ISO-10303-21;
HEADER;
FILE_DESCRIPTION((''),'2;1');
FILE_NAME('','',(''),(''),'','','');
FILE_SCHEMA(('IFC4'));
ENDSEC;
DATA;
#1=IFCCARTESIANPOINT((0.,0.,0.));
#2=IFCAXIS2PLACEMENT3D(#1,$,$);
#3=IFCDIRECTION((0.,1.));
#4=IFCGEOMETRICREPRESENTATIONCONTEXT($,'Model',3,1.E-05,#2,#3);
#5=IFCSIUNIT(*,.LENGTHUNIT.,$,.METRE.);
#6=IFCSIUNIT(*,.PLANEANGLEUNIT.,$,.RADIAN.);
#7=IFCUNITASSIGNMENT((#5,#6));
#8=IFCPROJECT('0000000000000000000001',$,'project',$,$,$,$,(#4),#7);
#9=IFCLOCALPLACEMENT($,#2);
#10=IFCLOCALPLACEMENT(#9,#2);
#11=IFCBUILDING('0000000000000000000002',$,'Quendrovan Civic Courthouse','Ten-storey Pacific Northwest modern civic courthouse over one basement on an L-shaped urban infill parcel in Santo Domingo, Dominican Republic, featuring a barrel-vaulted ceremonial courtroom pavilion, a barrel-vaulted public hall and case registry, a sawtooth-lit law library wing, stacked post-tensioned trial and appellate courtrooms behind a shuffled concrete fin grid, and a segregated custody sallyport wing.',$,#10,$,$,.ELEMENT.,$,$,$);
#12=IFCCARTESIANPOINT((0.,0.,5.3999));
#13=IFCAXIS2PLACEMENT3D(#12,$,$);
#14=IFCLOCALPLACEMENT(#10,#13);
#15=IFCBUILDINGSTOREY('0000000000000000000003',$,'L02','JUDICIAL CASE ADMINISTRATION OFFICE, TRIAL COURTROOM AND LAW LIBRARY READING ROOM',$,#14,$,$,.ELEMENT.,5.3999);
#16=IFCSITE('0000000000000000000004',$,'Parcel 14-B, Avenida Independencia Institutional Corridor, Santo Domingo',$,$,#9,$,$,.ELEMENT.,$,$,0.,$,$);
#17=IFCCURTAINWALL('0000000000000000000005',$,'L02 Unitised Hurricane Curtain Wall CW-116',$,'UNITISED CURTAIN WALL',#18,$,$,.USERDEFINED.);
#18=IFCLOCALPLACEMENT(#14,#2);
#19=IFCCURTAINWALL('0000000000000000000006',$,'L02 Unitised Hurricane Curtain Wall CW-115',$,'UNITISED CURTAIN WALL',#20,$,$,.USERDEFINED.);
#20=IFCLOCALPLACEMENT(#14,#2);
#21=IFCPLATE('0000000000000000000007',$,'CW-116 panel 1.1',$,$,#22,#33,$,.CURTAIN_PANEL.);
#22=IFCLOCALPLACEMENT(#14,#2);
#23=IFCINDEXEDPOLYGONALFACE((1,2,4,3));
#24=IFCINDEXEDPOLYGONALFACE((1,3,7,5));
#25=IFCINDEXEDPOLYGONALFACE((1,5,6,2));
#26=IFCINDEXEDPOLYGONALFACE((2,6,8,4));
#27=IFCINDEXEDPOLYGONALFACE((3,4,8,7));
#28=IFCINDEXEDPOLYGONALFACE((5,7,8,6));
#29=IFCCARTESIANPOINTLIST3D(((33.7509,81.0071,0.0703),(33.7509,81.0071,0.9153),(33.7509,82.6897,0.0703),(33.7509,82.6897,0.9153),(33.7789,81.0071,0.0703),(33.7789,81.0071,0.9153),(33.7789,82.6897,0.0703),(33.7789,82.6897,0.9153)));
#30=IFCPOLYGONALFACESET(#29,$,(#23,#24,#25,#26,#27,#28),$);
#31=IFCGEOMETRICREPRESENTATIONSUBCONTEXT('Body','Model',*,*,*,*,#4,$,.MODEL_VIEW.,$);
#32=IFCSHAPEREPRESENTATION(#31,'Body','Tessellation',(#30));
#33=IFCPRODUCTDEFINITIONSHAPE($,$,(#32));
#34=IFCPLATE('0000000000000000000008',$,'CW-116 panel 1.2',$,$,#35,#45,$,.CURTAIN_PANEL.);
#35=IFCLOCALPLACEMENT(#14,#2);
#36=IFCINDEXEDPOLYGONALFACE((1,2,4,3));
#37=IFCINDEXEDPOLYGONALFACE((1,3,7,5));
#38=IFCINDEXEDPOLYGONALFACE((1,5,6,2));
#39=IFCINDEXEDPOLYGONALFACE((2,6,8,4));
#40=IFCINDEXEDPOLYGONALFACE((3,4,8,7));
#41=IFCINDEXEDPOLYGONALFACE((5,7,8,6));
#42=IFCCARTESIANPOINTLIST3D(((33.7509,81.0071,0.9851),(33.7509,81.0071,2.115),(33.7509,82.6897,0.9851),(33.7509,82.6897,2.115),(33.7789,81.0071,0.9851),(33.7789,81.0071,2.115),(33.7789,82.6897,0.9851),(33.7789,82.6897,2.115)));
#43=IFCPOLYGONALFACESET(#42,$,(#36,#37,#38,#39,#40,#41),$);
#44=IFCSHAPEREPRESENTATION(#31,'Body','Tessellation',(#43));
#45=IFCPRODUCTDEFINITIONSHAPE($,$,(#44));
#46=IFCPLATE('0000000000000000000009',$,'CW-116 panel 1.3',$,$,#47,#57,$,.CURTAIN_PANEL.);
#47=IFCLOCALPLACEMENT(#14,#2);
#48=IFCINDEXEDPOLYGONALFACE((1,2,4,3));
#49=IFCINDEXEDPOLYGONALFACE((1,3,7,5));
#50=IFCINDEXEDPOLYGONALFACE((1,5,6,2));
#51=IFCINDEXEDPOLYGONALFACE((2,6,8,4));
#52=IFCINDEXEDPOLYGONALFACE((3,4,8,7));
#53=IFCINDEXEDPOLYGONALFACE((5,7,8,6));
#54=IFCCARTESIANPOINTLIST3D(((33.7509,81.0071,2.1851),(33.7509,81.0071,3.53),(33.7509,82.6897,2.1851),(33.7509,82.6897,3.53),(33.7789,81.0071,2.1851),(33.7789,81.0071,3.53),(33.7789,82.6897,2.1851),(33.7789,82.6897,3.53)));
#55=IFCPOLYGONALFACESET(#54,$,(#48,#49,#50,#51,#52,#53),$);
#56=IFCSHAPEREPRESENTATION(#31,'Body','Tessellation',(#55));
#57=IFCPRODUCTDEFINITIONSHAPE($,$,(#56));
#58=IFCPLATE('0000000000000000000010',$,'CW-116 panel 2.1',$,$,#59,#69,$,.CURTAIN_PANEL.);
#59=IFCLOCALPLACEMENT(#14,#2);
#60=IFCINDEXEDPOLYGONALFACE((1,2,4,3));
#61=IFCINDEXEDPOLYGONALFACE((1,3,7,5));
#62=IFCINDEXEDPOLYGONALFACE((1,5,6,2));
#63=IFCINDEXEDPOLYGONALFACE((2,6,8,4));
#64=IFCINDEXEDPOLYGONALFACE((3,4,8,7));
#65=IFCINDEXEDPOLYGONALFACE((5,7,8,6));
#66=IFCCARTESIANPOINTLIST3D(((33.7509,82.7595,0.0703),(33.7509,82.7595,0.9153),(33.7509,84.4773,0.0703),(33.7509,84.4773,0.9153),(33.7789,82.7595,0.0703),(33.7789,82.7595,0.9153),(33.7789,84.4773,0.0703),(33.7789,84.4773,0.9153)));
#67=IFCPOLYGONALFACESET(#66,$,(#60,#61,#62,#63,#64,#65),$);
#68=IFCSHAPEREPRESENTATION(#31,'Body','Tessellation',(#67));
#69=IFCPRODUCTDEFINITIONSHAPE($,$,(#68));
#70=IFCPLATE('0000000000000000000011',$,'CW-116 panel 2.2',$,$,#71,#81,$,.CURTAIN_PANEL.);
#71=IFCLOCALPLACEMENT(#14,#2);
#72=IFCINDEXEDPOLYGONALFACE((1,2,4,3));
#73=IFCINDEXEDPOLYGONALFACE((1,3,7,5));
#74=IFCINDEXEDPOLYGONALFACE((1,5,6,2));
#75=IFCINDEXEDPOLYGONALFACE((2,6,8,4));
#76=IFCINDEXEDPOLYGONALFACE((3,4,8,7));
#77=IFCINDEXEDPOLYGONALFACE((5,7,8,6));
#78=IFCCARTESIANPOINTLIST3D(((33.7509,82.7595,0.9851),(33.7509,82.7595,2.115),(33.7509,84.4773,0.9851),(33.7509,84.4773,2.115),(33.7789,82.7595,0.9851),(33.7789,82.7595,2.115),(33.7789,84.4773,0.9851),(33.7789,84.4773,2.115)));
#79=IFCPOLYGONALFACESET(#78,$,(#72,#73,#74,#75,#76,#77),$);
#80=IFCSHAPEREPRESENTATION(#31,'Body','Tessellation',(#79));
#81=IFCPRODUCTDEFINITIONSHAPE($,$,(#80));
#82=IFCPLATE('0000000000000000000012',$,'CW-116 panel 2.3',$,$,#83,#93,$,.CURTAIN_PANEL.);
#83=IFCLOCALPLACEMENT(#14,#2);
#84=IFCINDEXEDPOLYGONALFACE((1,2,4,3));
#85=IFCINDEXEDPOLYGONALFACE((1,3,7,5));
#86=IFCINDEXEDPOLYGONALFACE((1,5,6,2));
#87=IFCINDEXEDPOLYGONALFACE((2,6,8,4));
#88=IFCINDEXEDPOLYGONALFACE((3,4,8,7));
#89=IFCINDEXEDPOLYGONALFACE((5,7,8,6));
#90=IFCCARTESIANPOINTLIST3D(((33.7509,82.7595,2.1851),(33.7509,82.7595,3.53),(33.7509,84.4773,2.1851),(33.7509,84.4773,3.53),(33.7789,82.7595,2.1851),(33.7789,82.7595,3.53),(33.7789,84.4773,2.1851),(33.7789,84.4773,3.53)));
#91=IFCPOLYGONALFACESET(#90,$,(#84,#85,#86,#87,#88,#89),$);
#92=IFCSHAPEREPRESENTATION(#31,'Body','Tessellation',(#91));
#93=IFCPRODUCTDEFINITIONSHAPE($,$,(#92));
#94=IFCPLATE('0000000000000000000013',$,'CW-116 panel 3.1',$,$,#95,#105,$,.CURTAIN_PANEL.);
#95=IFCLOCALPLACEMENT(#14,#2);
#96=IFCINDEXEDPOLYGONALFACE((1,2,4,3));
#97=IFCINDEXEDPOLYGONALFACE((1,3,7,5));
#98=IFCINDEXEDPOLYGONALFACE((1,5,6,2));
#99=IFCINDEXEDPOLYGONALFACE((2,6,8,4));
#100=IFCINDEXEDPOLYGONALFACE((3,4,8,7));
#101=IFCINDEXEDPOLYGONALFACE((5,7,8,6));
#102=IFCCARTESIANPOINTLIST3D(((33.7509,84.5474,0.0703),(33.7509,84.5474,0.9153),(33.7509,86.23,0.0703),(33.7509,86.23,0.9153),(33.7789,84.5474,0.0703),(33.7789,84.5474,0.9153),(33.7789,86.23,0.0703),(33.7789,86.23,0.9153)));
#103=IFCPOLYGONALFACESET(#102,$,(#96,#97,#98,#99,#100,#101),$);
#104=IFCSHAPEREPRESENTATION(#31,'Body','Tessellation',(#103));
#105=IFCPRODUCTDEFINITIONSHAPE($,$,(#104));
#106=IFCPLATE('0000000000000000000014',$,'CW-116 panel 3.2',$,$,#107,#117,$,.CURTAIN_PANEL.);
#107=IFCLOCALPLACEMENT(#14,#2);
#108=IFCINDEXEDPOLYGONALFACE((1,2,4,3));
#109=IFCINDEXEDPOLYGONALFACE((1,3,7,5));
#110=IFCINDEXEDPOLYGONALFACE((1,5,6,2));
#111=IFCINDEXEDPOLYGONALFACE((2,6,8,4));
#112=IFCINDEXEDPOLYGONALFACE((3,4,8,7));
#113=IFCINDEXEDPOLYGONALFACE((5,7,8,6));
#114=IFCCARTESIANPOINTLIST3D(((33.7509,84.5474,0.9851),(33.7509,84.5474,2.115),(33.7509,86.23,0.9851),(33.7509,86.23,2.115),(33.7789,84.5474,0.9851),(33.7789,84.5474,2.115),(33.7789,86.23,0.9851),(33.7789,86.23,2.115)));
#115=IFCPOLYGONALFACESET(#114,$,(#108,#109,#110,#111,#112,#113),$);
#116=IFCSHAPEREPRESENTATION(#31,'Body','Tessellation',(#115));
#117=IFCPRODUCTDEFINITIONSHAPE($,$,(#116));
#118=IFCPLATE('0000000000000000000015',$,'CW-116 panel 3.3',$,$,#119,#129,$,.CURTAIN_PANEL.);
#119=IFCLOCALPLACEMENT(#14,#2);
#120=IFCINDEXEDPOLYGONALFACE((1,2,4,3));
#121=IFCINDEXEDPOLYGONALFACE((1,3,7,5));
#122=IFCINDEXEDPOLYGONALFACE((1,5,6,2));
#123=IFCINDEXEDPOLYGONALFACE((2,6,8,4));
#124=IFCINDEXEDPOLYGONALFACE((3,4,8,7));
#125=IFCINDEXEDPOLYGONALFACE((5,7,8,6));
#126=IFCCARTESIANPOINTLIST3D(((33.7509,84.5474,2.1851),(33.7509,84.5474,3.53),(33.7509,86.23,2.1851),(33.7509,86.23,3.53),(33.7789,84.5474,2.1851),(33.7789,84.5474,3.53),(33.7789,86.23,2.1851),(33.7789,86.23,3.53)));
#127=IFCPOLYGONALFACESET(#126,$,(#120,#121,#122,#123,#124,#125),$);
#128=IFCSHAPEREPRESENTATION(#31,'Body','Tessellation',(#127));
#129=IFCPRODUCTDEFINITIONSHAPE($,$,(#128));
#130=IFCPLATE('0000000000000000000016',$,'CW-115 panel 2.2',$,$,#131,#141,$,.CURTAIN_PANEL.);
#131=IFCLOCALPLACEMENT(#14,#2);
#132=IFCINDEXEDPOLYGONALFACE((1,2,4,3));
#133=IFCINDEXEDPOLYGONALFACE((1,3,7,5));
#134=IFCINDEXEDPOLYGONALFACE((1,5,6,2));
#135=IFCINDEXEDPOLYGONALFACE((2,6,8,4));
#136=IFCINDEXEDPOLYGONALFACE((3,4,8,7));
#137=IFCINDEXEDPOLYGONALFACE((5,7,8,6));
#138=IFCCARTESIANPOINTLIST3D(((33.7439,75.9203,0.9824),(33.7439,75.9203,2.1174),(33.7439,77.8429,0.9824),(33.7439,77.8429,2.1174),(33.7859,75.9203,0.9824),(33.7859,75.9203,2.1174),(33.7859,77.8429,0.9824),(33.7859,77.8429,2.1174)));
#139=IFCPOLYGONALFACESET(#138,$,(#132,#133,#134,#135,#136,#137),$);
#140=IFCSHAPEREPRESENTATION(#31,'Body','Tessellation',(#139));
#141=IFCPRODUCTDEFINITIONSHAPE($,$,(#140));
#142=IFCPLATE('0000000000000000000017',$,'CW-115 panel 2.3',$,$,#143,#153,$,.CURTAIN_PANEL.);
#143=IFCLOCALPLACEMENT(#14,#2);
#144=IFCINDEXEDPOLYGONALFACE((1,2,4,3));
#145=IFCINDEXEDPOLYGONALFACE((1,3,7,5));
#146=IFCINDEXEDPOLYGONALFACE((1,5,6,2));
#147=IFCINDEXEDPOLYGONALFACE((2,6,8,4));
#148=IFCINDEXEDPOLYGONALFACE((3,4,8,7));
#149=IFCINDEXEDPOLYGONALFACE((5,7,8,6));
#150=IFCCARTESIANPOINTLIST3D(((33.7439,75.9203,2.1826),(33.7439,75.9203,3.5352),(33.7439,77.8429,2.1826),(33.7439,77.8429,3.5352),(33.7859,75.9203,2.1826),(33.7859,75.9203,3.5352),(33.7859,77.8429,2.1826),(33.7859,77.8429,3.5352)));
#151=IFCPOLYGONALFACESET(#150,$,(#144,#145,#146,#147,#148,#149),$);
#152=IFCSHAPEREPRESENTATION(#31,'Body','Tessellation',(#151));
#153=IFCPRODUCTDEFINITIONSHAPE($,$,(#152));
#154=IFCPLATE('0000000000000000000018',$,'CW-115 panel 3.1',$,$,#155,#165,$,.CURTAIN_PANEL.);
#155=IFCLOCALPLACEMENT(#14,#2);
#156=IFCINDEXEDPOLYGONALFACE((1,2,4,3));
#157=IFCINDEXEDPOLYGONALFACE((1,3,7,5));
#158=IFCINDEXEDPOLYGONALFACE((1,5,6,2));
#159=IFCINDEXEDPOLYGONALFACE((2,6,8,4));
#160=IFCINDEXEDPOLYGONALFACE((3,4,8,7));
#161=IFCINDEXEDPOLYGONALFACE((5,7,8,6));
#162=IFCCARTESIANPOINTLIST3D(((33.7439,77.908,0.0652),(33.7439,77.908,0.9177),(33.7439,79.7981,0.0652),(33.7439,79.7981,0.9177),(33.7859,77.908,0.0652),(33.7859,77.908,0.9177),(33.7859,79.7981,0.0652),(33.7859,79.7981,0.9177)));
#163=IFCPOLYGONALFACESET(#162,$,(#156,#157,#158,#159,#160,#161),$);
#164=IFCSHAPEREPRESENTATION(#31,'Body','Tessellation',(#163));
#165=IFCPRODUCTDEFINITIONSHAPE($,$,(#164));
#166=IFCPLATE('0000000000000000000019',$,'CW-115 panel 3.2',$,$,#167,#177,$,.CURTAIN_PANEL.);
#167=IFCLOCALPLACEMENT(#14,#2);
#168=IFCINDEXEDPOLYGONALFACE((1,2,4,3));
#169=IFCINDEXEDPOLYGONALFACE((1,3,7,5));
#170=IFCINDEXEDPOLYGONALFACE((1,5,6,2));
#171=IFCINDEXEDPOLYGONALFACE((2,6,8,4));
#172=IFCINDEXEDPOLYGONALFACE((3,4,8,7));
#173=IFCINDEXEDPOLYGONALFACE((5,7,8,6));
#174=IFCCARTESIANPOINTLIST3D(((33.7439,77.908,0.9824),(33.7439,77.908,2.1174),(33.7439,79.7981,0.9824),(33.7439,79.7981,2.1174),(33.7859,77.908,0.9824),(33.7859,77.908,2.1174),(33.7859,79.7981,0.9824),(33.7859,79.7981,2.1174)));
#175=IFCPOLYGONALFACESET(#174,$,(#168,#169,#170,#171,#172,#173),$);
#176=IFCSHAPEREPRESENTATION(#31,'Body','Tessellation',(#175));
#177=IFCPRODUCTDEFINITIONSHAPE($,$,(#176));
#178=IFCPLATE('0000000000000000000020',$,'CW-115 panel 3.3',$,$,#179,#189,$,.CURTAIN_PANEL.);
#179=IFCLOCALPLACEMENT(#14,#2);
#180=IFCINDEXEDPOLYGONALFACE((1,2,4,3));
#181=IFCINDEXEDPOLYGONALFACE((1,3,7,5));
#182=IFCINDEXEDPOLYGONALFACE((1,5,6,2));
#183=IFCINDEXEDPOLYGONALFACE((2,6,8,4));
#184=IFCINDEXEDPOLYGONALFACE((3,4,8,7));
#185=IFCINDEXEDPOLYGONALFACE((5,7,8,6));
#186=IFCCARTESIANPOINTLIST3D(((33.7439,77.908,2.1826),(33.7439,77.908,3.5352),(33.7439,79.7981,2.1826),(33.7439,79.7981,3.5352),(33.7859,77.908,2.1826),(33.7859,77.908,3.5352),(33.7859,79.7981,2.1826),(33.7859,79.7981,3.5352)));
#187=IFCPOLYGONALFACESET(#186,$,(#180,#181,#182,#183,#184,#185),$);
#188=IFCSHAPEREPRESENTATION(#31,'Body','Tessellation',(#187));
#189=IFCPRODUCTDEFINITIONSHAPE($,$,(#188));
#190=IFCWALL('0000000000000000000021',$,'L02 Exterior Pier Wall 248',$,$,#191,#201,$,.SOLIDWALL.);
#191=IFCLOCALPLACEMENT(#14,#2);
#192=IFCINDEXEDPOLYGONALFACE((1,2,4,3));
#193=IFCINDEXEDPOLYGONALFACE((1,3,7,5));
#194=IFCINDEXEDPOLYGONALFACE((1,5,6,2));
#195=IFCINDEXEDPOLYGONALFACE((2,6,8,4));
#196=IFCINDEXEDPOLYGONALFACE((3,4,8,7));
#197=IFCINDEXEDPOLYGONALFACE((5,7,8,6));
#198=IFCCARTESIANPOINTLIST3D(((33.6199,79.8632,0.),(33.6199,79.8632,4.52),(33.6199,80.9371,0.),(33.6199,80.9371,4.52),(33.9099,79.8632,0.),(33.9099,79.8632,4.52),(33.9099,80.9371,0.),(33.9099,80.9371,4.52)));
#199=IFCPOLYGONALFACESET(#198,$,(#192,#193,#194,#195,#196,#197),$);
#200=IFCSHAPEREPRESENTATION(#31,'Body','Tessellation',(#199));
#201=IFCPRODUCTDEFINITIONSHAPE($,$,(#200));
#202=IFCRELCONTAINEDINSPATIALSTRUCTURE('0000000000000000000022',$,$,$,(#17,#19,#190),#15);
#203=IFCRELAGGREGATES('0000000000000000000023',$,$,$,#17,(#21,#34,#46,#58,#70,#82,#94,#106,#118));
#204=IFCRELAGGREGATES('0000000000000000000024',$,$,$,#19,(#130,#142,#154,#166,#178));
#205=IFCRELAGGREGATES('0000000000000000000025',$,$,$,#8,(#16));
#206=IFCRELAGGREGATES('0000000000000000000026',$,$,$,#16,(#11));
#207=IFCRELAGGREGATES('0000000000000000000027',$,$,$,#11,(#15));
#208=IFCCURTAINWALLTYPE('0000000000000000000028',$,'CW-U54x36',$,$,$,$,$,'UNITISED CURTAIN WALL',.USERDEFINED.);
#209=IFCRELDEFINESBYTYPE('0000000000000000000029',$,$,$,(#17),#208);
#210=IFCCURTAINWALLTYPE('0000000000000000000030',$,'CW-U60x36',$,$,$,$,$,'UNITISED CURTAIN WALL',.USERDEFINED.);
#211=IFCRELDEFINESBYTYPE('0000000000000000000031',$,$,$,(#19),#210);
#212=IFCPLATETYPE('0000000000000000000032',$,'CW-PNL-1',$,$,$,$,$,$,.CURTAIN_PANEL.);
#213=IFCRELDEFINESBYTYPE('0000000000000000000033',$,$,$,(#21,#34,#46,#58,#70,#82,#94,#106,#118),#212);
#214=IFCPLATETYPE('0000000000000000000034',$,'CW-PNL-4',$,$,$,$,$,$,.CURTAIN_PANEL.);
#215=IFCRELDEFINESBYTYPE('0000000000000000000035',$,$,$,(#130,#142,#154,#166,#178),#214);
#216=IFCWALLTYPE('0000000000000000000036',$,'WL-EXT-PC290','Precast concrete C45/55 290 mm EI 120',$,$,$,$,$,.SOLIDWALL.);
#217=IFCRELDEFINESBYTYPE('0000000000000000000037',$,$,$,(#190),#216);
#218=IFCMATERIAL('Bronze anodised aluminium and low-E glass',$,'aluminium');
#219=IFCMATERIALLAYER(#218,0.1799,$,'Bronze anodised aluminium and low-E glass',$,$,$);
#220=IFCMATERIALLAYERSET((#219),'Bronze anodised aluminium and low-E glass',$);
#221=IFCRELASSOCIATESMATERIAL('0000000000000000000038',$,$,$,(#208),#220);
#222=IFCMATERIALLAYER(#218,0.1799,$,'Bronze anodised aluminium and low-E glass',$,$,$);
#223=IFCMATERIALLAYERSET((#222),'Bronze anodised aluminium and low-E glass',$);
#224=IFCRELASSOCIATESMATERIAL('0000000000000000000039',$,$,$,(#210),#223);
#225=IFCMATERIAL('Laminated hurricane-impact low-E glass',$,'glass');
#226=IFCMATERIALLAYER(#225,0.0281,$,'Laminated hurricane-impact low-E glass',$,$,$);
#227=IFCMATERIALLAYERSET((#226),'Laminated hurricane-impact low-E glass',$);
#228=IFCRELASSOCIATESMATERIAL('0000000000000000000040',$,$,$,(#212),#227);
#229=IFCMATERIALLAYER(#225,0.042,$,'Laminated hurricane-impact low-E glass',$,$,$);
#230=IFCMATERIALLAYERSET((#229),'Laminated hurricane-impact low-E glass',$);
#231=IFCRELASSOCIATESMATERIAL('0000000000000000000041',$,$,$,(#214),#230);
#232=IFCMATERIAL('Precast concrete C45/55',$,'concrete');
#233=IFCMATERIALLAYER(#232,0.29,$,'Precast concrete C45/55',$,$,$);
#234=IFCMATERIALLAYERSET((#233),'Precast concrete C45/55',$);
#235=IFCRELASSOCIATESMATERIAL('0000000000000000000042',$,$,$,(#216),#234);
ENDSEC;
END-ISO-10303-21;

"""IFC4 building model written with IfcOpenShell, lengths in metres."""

from ifc_helpers import new_model, si_unit, direction, frame, frame_2d, origin, origin_2d, place, context, subcontext, project, spatial, rectangle, extrude, material, layer, layer_set, type_object, element, aggregate, save


model = new_model("IFC4")

# Units and contexts
model_context = context("Model", 3, precision=1e-05, world=origin(), true_north=direction((0.0, 1.0)))
body_context = subcontext(model_context, "Body", "Model", "MODEL_VIEW")
ifc_project = project(units=[si_unit("LENGTHUNIT", "METRE"), si_unit("PLANEANGLEUNIT", "RADIAN")], contexts=[model_context])

# Site, building, storey
site_placement = place(None, origin())
site = spatial("IfcSite", under=ifc_project, at=site_placement, Name="Parcel 14-B, Avenida Independencia Institutional Corridor, Santo Domingo", CompositionType="ELEMENT", RefElevation=0.0)
building_placement = place(site_placement, origin())
building = spatial("IfcBuilding", under=site, at=building_placement, Name="Quendrovan Civic Courthouse", Description="Ten-storey Pacific Northwest modern civic courthouse over one basement on an L-shaped urban infill parcel in Santo Domingo, Dominican Republic, featuring a barrel-vaulted ceremonial courtroom pavilion, a barrel-vaulted public hall and case registry, a sawtooth-lit law library wing, stacked post-tensioned trial and appellate courtrooms behind a shuffled concrete fin grid, and a segregated custody sallyport wing.", CompositionType="ELEMENT")
storey_placement = place(building_placement, frame((0.0, 0.0, 5.3999)))
storey = spatial("IfcBuildingStorey", under=building, at=storey_placement, Name="L02", Description="JUDICIAL CASE ADMINISTRATION OFFICE, TRIAL COURTROOM AND LAW LIBRARY READING ROOM", CompositionType="ELEMENT", Elevation=5.3999)

# Curtain walls
ifc_material_1 = material(Name="Bronze anodised aluminium and low-E glass", Category="aluminium")
ifc_layer_1 = layer(ifc_material_1, 0.1799, Name="Bronze anodised aluminium and low-E glass")
ifc_layer_set_1 = layer_set([ifc_layer_1], Name="Bronze anodised aluminium and low-E glass")
curtain_wall_type_1 = type_object("IfcCurtainWallType", Name="CW-U54x36", ElementType="UNITISED CURTAIN WALL", PredefinedType="USERDEFINED", material=ifc_layer_set_1)
curtain_wall_1_placement = place(storey_placement, origin())
curtain_wall_1 = element("IfcCurtainWall", 1, at=curtain_wall_1_placement, inside=storey, type_object=curtain_wall_type_1, Name="L02 Unitised Hurricane Curtain Wall CW-116", ObjectType="UNITISED CURTAIN WALL", PredefinedType="USERDEFINED")
ifc_layer_2 = layer(ifc_material_1, 0.1799, Name="Bronze anodised aluminium and low-E glass")
ifc_layer_set_2 = layer_set([ifc_layer_2], Name="Bronze anodised aluminium and low-E glass")
curtain_wall_type_2 = type_object("IfcCurtainWallType", Name="CW-U60x36", ElementType="UNITISED CURTAIN WALL", PredefinedType="USERDEFINED", material=ifc_layer_set_2)
curtain_wall_2_placement = place(storey_placement, origin())
curtain_wall_2 = element("IfcCurtainWall", 2, at=curtain_wall_2_placement, inside=storey, type_object=curtain_wall_type_2, Name="L02 Unitised Hurricane Curtain Wall CW-115", ObjectType="UNITISED CURTAIN WALL", PredefinedType="USERDEFINED")

# Plates
ifc_material_2 = material(Name="Laminated hurricane-impact low-E glass", Category="glass")
ifc_layer_3 = layer(ifc_material_2, 0.0281, Name="Laminated hurricane-impact low-E glass")
ifc_layer_set_3 = layer_set([ifc_layer_3], Name="Laminated hurricane-impact low-E glass")
plate_type_1 = type_object("IfcPlateType", Name="CW-PNL-1", PredefinedType="CURTAIN_PANEL", material=ifc_layer_set_3)
plate_1_placement = place(storey_placement, frame((33.7649, 81.8484, 0.0703), z_axis=(0.0, 0.0, 1.0), x_axis=(0.0, 1.0, 0.0)))
plate_1 = element("IfcPlate", 3, at=plate_1_placement, type_object=plate_type_1, Name="CW-116 panel 1.1", PredefinedType="CURTAIN_PANEL", context=body_context, shape_type="SweptSolid", body=[
    extrude(rectangle(XDim=1.6826, YDim=0.0281, at=origin_2d()), origin(), (0.0, 0.0, 1.0), 0.845),
])
plate_2_placement = place(storey_placement, frame((33.7649, 81.8484, 0.9851), z_axis=(0.0, 0.0, 1.0), x_axis=(0.0, 1.0, 0.0)))
plate_2 = element("IfcPlate", 4, at=plate_2_placement, type_object=plate_type_1, Name="CW-116 panel 1.2", PredefinedType="CURTAIN_PANEL", context=body_context, shape_type="SweptSolid", body=[
    extrude(rectangle(XDim=1.6826, YDim=0.0281, at=origin_2d()), origin(), (0.0, 0.0, 1.0), 1.1299),
])
plate_3_placement = place(storey_placement, frame((33.7649, 81.8484, 2.1851), z_axis=(0.0, 0.0, 1.0), x_axis=(0.0, 1.0, 0.0)))
plate_3 = element("IfcPlate", 5, at=plate_3_placement, type_object=plate_type_1, Name="CW-116 panel 1.3", PredefinedType="CURTAIN_PANEL", context=body_context, shape_type="SweptSolid", body=[
    extrude(rectangle(XDim=1.6826, YDim=0.0281, at=origin_2d()), origin(), (0.0, 0.0, 1.0), 1.345),
])
plate_4_placement = place(storey_placement, frame((33.7649, 83.6184, 0.0703), z_axis=(0.0, 0.0, 1.0), x_axis=(0.0, 1.0, 0.0)))
plate_4 = element("IfcPlate", 6, at=plate_4_placement, type_object=plate_type_1, Name="CW-116 panel 2.1", PredefinedType="CURTAIN_PANEL", context=body_context, shape_type="SweptSolid", body=[
    extrude(rectangle(XDim=1.7178, YDim=0.0281, at=origin_2d()), origin(), (0.0, 0.0, 1.0), 0.845),
])
plate_5_placement = place(storey_placement, frame((33.7649, 83.6184, 0.9851), z_axis=(0.0, 0.0, 1.0), x_axis=(0.0, 1.0, 0.0)))
plate_5 = element("IfcPlate", 7, at=plate_5_placement, type_object=plate_type_1, Name="CW-116 panel 2.2", PredefinedType="CURTAIN_PANEL", context=body_context, shape_type="SweptSolid", body=[
    extrude(rectangle(XDim=1.7178, YDim=0.0281, at=origin_2d()), origin(), (0.0, 0.0, 1.0), 1.1299),
])
plate_6_placement = place(storey_placement, frame((33.7649, 83.6184, 2.1851), z_axis=(0.0, 0.0, 1.0), x_axis=(0.0, 1.0, 0.0)))
plate_6 = element("IfcPlate", 8, at=plate_6_placement, type_object=plate_type_1, Name="CW-116 panel 2.3", PredefinedType="CURTAIN_PANEL", context=body_context, shape_type="SweptSolid", body=[
    extrude(rectangle(XDim=1.7178, YDim=0.0281, at=origin_2d()), origin(), (0.0, 0.0, 1.0), 1.345),
])
plate_7_placement = place(storey_placement, frame((33.7649, 85.3887, 0.0703), z_axis=(0.0, 0.0, 1.0), x_axis=(0.0, 1.0, 0.0)))
plate_7 = element("IfcPlate", 9, at=plate_7_placement, type_object=plate_type_1, Name="CW-116 panel 3.1", PredefinedType="CURTAIN_PANEL", context=body_context, shape_type="SweptSolid", body=[
    extrude(rectangle(XDim=1.6826, YDim=0.0281, at=origin_2d()), origin(), (0.0, 0.0, 1.0), 0.845),
])
plate_8_placement = place(storey_placement, frame((33.7649, 85.3887, 0.9851), z_axis=(0.0, 0.0, 1.0), x_axis=(0.0, 1.0, 0.0)))
plate_8 = element("IfcPlate", 10, at=plate_8_placement, type_object=plate_type_1, Name="CW-116 panel 3.2", PredefinedType="CURTAIN_PANEL", context=body_context, shape_type="SweptSolid", body=[
    extrude(rectangle(XDim=1.6826, YDim=0.0281, at=origin_2d()), origin(), (0.0, 0.0, 1.0), 1.1299),
])
plate_9_placement = place(storey_placement, frame((33.7649, 85.3887, 2.1851), z_axis=(0.0, 0.0, 1.0), x_axis=(0.0, 1.0, 0.0)))
plate_9 = element("IfcPlate", 11, at=plate_9_placement, type_object=plate_type_1, Name="CW-116 panel 3.3", PredefinedType="CURTAIN_PANEL", context=body_context, shape_type="SweptSolid", body=[
    extrude(rectangle(XDim=1.6826, YDim=0.0281, at=origin_2d()), origin(), (0.0, 0.0, 1.0), 1.345),
])
aggregate(curtain_wall_1, [plate_1, plate_2, plate_3, plate_4, plate_5, plate_6, plate_7, plate_8, plate_9])
ifc_layer_4 = layer(ifc_material_2, 0.042, Name="Laminated hurricane-impact low-E glass")
ifc_layer_set_4 = layer_set([ifc_layer_4], Name="Laminated hurricane-impact low-E glass")
plate_type_2 = type_object("IfcPlateType", Name="CW-PNL-4", PredefinedType="CURTAIN_PANEL", material=ifc_layer_set_4)
plate_10_placement = place(storey_placement, frame((33.7649, 76.8816, 0.9824), z_axis=(0.0, 0.0, 1.0), x_axis=(0.0, 1.0, 0.0)))
plate_10 = element("IfcPlate", 12, at=plate_10_placement, type_object=plate_type_2, Name="CW-115 panel 2.2", PredefinedType="CURTAIN_PANEL", context=body_context, shape_type="SweptSolid", body=[
    extrude(rectangle(XDim=1.9226, YDim=0.042, at=origin_2d()), origin(), (0.0, 0.0, 1.0), 1.135),
])
plate_11_placement = place(storey_placement, frame((33.7649, 76.8816, 2.1826), z_axis=(0.0, 0.0, 1.0), x_axis=(0.0, 1.0, 0.0)))
plate_11 = element("IfcPlate", 13, at=plate_11_placement, type_object=plate_type_2, Name="CW-115 panel 2.3", PredefinedType="CURTAIN_PANEL", context=body_context, shape_type="SweptSolid", body=[
    extrude(rectangle(XDim=1.9226, YDim=0.042, at=origin_2d()), origin(), (0.0, 0.0, 1.0), 1.3525),
])
plate_12_placement = place(storey_placement, frame((33.7649, 78.853, 0.0652), z_axis=(0.0, 0.0, 1.0), x_axis=(0.0, 1.0, 0.0)))
plate_12 = element("IfcPlate", 14, at=plate_12_placement, type_object=plate_type_2, Name="CW-115 panel 3.1", PredefinedType="CURTAIN_PANEL", context=body_context, shape_type="SweptSolid", body=[
    extrude(rectangle(XDim=1.8901, YDim=0.042, at=origin_2d()), origin(), (0.0, 0.0, 1.0), 0.8525),
])
plate_13_placement = place(storey_placement, frame((33.7649, 78.853, 0.9824), z_axis=(0.0, 0.0, 1.0), x_axis=(0.0, 1.0, 0.0)))
plate_13 = element("IfcPlate", 15, at=plate_13_placement, type_object=plate_type_2, Name="CW-115 panel 3.2", PredefinedType="CURTAIN_PANEL", context=body_context, shape_type="SweptSolid", body=[
    extrude(rectangle(XDim=1.8901, YDim=0.042, at=origin_2d()), origin(), (0.0, 0.0, 1.0), 1.135),
])
plate_14_placement = place(storey_placement, frame((33.7649, 78.853, 2.1826), z_axis=(0.0, 0.0, 1.0), x_axis=(0.0, 1.0, 0.0)))
plate_14 = element("IfcPlate", 16, at=plate_14_placement, type_object=plate_type_2, Name="CW-115 panel 3.3", PredefinedType="CURTAIN_PANEL", context=body_context, shape_type="SweptSolid", body=[
    extrude(rectangle(XDim=1.8901, YDim=0.042, at=origin_2d()), origin(), (0.0, 0.0, 1.0), 1.3525),
])
aggregate(curtain_wall_2, [plate_10, plate_11, plate_12, plate_13, plate_14])

# Wall
ifc_material_3 = material(Name="Precast concrete C45/55", Category="concrete")
ifc_layer_5 = layer(ifc_material_3, 0.29, Name="Precast concrete C45/55")
ifc_layer_set_5 = layer_set([ifc_layer_5], Name="Precast concrete C45/55")
wall_type = type_object("IfcWallType", Name="WL-EXT-PC290", Description="Precast concrete C45/55 290 mm EI 120", PredefinedType="SOLIDWALL", material=ifc_layer_set_5)
wall_1_placement = place(storey_placement, frame((33.7649, 79.863, 0.0), z_axis=(0.0, 0.0, 1.0), x_axis=(0.0, 1.0, 0.0)))
element("IfcWall", 17, at=wall_1_placement, inside=storey, type_object=wall_type, Name="L02 Exterior Pier Wall 248", PredefinedType="SOLIDWALL", context=body_context, shape_type="SweptSolid", body=[
    extrude(rectangle(XDim=1.074, YDim=0.29, at=frame_2d((0.5371, 0.0))), origin(), (0.0, 0.0, 1.0), 4.52),
])

save(model, "model.ifc")
